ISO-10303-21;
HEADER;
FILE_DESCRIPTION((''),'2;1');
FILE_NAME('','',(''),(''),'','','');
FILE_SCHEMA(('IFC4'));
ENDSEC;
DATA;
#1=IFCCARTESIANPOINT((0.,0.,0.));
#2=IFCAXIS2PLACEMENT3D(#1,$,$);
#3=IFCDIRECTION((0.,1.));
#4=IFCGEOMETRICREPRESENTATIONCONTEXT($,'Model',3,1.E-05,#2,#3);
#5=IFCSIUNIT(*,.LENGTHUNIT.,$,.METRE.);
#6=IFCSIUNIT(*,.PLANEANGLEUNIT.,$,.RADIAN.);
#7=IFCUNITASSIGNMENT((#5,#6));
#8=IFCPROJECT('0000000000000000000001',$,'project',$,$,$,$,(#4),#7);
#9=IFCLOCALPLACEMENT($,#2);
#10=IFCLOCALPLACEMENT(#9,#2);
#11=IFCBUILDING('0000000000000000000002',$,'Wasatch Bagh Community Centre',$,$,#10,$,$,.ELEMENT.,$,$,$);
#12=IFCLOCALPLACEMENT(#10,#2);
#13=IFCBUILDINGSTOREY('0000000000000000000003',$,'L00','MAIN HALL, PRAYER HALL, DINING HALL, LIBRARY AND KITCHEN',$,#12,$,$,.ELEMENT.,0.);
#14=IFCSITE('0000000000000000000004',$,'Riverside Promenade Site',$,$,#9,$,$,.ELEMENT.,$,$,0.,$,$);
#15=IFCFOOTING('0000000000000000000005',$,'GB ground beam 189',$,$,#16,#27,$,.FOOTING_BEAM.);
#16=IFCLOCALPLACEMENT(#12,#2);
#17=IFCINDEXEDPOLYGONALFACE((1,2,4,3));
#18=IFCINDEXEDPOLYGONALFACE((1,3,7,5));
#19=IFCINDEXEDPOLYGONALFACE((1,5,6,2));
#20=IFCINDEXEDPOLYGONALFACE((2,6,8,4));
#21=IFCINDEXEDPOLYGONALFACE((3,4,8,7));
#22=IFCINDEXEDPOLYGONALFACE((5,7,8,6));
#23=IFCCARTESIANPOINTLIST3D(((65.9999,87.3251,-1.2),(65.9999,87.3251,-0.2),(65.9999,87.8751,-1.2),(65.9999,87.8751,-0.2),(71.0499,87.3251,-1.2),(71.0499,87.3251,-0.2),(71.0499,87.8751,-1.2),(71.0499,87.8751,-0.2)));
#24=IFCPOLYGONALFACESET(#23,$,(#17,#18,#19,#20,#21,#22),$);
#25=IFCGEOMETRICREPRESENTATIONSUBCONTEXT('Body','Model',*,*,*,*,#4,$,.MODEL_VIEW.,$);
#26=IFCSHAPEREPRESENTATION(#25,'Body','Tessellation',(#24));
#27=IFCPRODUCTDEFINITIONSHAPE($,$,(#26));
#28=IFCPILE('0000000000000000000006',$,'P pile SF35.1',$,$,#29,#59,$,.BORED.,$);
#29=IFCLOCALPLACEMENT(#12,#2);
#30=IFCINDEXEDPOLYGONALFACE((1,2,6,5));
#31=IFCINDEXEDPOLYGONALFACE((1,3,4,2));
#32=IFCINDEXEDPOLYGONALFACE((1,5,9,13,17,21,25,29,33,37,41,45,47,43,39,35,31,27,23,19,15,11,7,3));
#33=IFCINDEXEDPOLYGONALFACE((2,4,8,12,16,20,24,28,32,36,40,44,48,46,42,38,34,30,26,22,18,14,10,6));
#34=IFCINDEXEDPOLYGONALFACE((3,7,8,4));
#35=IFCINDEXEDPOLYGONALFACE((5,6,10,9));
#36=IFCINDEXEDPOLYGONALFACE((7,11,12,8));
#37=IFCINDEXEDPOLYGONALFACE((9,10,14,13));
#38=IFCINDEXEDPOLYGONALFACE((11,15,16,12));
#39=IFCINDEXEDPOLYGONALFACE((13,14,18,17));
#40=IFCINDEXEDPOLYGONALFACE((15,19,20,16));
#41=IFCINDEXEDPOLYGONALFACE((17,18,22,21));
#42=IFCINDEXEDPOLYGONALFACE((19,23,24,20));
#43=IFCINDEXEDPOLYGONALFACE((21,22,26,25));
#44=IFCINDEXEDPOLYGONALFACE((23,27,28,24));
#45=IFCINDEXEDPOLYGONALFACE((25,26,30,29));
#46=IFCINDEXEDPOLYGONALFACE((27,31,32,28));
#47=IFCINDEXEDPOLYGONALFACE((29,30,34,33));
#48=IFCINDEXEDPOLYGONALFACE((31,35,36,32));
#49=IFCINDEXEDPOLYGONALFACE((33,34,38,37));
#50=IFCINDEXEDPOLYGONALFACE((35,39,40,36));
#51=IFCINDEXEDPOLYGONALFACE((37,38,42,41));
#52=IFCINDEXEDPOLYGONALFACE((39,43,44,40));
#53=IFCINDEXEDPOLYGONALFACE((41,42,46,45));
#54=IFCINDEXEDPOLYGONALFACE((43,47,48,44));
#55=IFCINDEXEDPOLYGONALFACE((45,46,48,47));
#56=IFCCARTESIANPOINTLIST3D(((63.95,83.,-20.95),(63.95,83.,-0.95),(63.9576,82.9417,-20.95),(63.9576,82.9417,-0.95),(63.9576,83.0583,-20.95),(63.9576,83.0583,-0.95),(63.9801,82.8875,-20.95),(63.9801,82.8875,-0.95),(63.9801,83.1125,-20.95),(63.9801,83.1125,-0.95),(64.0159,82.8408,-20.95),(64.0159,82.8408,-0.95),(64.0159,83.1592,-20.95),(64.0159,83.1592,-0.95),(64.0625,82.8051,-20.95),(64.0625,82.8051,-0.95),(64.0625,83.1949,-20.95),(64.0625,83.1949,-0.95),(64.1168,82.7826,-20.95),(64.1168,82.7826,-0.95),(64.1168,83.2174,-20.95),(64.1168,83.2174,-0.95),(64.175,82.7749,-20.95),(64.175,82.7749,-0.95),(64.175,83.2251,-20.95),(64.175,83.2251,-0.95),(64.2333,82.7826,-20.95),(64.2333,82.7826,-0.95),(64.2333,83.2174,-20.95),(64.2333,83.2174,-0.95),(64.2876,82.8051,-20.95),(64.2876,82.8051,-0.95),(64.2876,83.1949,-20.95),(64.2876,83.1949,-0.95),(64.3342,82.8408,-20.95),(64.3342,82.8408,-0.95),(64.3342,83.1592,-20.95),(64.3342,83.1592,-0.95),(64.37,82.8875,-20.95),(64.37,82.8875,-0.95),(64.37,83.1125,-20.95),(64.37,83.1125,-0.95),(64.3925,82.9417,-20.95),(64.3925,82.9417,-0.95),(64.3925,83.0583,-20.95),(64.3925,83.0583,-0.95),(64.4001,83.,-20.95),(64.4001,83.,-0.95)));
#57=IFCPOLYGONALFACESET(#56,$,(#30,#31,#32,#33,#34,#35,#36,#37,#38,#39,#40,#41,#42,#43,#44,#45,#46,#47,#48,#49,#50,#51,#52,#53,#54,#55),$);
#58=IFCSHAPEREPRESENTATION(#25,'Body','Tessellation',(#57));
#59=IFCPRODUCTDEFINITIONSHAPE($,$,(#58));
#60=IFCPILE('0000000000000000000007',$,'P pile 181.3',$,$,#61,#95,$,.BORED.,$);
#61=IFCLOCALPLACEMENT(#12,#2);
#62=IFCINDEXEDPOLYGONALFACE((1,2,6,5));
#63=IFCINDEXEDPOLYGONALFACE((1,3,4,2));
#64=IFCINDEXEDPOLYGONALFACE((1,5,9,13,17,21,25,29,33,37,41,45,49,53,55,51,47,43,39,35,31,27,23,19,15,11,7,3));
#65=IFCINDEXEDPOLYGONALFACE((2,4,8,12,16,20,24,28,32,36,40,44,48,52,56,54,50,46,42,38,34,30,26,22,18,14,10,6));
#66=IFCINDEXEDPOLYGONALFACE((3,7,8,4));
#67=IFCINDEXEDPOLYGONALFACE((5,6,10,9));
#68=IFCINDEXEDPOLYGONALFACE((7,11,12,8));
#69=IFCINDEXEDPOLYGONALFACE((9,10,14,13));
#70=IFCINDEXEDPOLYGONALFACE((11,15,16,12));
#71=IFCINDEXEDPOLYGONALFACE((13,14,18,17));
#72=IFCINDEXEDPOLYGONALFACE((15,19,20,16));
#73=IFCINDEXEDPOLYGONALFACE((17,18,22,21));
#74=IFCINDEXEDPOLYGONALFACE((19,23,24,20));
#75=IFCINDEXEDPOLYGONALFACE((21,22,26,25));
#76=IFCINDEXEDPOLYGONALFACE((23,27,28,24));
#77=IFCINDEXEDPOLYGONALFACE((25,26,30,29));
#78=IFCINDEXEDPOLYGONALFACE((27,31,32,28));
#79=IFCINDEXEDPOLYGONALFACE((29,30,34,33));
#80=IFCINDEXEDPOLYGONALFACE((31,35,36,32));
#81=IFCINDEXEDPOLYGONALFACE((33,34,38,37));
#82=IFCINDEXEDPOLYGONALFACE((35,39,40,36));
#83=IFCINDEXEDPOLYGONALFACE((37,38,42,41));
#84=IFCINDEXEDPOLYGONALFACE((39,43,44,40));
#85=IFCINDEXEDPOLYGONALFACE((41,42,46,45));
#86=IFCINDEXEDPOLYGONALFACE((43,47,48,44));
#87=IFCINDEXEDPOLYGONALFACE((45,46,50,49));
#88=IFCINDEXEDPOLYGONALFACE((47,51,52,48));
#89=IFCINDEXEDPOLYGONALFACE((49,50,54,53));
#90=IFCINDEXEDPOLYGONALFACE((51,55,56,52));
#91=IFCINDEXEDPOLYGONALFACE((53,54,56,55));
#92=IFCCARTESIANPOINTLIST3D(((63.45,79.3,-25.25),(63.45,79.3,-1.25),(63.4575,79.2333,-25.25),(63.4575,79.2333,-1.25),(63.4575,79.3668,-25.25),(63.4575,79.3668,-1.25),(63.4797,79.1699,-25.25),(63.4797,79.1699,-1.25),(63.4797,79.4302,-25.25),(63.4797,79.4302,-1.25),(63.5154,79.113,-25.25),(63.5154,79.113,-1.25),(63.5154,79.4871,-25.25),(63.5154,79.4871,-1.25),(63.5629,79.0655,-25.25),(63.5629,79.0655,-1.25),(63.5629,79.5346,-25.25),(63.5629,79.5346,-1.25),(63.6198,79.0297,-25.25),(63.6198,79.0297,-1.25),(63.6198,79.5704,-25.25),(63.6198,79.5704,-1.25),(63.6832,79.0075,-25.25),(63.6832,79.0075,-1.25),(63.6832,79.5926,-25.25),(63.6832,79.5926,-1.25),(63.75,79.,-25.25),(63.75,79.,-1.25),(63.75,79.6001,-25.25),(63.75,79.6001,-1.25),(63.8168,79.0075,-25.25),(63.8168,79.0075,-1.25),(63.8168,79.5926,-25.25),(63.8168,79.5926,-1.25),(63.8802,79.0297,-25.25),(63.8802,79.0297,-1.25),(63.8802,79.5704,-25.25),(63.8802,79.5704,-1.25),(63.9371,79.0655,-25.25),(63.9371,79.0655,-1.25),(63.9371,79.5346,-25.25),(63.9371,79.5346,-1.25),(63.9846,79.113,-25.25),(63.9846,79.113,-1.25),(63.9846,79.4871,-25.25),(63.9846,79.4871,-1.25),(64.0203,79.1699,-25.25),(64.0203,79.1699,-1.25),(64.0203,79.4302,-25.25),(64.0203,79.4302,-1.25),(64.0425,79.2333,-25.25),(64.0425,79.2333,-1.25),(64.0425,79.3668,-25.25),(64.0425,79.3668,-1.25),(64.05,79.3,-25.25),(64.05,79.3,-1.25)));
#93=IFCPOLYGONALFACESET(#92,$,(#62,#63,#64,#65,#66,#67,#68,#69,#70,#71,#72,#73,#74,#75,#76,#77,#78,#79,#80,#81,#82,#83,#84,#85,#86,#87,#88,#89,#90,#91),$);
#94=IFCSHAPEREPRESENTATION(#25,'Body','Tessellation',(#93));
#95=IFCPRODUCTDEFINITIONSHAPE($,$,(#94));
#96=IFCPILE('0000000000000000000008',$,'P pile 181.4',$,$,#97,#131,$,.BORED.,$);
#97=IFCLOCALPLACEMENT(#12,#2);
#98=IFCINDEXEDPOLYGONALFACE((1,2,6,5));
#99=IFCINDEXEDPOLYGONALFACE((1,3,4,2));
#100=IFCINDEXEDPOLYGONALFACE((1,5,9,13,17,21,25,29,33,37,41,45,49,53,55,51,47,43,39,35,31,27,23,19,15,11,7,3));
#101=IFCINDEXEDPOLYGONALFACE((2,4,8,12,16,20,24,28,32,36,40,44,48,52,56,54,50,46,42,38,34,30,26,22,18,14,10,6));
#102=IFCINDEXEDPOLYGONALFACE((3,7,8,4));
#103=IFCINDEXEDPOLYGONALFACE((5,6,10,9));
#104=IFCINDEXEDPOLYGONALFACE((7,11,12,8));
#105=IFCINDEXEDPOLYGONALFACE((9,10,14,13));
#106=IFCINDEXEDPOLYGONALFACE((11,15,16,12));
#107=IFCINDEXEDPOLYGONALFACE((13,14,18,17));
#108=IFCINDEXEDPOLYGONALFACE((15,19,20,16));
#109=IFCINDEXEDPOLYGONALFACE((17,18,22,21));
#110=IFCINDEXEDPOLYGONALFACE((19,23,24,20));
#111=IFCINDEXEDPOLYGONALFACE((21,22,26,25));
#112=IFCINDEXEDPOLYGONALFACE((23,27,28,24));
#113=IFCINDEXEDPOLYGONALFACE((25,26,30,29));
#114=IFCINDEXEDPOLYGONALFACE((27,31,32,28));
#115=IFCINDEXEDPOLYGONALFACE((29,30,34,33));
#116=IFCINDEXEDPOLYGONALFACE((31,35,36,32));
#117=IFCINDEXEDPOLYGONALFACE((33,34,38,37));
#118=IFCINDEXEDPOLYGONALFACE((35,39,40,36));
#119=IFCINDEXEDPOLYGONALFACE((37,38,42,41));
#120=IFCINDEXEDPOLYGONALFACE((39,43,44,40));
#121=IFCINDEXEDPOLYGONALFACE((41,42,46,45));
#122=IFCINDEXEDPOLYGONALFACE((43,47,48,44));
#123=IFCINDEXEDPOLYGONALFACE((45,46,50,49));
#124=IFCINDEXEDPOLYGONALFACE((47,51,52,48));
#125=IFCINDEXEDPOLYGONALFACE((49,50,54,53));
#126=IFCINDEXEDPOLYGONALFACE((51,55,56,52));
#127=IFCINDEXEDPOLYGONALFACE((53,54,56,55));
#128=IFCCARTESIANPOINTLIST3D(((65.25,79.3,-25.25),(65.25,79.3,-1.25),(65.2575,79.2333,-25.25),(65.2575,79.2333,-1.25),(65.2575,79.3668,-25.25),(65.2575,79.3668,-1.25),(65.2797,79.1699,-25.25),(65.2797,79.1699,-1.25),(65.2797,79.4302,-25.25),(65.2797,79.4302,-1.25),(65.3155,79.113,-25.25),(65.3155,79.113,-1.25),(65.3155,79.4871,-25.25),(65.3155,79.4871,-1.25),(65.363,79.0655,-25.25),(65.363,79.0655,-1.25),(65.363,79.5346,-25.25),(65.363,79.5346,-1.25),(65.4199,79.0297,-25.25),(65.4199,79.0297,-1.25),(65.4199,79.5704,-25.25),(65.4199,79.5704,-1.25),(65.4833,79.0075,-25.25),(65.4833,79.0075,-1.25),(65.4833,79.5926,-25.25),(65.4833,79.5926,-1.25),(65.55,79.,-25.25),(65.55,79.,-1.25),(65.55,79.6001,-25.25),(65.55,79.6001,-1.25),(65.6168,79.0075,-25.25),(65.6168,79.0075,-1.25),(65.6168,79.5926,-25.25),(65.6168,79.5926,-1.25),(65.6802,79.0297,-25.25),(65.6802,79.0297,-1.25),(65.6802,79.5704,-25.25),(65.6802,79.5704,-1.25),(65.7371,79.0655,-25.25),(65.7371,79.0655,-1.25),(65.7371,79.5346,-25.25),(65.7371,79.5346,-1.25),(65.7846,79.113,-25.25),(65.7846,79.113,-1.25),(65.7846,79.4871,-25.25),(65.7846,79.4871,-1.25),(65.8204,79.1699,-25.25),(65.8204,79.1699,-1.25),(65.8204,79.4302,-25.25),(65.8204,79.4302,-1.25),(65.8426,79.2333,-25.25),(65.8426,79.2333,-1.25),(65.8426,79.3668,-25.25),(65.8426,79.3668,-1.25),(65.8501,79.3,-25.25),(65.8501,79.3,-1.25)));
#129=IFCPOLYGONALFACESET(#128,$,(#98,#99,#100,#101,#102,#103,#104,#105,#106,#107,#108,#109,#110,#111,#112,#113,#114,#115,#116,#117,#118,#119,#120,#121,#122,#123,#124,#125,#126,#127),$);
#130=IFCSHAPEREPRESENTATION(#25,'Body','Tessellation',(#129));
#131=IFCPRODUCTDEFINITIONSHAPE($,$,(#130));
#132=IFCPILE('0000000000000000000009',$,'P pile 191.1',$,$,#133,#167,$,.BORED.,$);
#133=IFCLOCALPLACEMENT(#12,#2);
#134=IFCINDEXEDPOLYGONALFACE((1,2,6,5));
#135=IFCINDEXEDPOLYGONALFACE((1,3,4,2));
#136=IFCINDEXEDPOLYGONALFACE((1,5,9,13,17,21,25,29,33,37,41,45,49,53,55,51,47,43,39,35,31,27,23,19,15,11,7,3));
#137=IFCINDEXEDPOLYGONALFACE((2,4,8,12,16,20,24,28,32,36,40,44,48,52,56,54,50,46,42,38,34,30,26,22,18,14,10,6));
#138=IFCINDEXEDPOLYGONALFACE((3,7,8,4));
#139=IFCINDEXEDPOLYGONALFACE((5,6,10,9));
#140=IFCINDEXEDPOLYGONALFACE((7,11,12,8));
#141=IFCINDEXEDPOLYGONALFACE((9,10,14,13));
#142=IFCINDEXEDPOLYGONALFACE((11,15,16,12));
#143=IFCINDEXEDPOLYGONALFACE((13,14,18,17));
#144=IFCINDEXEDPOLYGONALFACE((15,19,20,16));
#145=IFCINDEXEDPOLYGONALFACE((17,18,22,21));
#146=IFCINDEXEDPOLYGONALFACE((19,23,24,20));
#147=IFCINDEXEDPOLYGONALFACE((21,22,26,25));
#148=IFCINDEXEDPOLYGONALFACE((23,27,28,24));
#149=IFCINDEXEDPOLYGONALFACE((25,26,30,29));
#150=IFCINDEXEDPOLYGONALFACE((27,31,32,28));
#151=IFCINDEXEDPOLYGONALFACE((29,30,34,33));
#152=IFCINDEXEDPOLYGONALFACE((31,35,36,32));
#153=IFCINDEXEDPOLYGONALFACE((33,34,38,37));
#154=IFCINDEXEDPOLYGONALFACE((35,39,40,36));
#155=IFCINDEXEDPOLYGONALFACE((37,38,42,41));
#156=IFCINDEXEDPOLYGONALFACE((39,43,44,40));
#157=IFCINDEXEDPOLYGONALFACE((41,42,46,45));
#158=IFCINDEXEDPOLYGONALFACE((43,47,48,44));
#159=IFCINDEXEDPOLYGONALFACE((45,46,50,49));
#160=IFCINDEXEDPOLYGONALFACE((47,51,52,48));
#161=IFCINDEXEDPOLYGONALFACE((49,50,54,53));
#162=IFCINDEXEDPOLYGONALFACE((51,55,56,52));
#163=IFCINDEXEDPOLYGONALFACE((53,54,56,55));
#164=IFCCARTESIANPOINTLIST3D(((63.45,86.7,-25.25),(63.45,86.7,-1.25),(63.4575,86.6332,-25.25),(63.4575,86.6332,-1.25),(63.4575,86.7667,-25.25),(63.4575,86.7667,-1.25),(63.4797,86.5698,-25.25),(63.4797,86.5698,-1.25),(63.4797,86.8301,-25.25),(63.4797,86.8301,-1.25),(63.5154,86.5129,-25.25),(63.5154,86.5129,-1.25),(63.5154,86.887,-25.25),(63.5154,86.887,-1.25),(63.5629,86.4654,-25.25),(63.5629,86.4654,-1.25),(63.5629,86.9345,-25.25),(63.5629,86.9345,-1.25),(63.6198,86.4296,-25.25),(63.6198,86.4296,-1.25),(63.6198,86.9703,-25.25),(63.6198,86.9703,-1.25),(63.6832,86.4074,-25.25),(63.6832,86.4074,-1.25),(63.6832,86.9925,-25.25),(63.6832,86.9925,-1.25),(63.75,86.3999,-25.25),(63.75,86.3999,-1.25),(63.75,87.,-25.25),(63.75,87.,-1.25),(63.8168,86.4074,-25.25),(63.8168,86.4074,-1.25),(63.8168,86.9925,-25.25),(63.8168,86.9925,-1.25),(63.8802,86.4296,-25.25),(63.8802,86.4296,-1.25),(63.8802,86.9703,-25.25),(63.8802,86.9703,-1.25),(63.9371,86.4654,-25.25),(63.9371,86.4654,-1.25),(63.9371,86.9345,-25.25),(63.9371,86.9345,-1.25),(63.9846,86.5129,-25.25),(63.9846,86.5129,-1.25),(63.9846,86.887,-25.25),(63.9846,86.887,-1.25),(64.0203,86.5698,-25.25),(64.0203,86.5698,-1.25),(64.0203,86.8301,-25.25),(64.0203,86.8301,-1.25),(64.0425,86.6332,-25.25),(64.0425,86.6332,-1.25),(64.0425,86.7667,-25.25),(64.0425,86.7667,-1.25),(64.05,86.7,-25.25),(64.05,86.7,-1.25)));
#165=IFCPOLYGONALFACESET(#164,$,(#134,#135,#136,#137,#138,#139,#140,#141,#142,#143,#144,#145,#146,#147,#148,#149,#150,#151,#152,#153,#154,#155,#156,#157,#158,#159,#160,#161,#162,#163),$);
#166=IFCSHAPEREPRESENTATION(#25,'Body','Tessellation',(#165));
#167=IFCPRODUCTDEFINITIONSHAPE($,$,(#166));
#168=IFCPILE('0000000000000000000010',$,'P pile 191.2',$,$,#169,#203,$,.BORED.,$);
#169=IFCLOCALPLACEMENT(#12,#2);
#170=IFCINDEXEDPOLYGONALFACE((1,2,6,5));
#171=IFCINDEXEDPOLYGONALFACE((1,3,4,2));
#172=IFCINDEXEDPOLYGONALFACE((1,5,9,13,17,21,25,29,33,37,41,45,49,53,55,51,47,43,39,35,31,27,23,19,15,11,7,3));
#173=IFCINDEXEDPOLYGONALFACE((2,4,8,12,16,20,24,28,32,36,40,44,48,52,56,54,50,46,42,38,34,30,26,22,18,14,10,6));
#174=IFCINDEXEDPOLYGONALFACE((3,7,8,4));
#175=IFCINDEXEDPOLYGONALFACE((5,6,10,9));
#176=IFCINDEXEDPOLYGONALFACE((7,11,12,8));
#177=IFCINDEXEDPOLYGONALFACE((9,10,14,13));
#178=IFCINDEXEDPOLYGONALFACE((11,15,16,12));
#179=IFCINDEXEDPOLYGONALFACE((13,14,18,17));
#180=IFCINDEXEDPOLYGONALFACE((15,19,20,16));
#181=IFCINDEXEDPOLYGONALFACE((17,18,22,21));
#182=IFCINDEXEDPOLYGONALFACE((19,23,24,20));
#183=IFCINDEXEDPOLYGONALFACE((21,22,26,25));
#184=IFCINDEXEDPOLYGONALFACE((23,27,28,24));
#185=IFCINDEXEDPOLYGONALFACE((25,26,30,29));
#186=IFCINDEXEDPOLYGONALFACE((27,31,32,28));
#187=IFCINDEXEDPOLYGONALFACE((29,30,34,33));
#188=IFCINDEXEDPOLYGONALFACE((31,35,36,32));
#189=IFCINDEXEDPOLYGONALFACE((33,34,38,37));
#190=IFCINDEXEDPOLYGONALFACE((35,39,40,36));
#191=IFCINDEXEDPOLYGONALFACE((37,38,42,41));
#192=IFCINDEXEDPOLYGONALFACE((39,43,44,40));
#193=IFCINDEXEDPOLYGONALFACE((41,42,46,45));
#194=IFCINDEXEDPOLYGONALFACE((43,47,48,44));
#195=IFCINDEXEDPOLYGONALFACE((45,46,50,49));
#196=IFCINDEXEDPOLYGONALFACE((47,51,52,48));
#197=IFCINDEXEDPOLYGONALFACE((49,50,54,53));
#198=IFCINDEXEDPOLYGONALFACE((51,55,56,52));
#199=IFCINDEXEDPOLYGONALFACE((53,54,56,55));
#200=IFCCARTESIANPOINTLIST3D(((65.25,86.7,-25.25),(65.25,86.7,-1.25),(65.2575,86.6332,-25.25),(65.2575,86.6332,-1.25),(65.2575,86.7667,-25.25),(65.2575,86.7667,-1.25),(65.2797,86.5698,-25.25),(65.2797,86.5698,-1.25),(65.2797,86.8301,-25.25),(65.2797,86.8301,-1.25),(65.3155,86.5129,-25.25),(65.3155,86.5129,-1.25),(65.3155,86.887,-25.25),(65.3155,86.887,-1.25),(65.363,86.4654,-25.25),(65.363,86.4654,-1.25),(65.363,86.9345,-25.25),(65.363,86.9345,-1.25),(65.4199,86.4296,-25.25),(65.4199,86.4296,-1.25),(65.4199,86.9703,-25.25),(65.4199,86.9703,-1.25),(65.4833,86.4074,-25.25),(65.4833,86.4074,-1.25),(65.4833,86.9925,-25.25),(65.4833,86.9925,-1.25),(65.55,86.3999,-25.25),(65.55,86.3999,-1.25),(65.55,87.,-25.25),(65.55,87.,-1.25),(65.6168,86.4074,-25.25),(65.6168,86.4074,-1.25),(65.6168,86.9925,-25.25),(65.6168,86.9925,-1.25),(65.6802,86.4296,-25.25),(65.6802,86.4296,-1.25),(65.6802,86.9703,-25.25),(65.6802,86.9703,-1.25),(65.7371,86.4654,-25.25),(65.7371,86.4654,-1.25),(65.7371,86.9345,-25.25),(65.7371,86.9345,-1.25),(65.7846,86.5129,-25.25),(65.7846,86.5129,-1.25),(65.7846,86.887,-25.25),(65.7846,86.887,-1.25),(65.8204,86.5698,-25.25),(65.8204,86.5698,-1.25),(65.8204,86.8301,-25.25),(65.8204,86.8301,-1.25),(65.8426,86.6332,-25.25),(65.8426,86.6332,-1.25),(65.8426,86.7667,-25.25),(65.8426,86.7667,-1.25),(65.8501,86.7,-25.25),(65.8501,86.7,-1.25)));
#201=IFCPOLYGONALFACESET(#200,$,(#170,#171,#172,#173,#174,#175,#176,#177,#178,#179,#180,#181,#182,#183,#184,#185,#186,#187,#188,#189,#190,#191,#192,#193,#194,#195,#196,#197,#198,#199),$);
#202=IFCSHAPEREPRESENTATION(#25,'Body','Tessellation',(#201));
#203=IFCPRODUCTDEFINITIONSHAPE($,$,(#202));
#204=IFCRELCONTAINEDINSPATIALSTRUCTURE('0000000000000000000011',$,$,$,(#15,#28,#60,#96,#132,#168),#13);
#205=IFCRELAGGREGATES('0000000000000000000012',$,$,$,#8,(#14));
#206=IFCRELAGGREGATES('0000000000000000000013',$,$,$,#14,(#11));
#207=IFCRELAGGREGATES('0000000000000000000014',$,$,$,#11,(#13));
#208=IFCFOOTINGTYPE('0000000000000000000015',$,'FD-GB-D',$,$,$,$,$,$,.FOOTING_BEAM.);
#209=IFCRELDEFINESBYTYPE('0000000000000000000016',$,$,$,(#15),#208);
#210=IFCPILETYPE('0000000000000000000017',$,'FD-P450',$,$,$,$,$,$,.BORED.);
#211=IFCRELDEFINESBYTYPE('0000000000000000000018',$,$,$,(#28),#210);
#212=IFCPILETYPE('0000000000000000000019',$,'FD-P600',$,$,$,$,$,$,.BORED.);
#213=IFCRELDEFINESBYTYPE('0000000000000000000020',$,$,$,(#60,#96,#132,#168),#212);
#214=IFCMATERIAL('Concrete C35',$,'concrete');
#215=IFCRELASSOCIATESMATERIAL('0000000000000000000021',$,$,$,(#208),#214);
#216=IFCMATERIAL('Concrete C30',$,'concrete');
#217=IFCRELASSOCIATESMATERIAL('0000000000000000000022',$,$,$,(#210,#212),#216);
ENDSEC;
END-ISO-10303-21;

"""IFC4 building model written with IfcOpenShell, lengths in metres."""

from ifc_helpers import new_model, si_unit, direction, frame, origin, origin_2d, place, context, subcontext, project, spatial, rectangle, circle, extrude, material, material_profile, profile_set, type_object, element, save


model = new_model("IFC4")

# Units and contexts
model_context = context("Model", 3, precision=1e-05, world=origin(), true_north=direction((0.0, 1.0)))
body_context = subcontext(model_context, "Body", "Model", "MODEL_VIEW")
ifc_project = project(units=[si_unit("LENGTHUNIT", "METRE"), si_unit("PLANEANGLEUNIT", "RADIAN")], contexts=[model_context])

# Site, building, storey
site_placement = place(None, origin())
site = spatial("IfcSite", under=ifc_project, at=site_placement, Name="Riverside Promenade Site", CompositionType="ELEMENT", RefElevation=0.0)
building_placement = place(site_placement, origin())
building = spatial("IfcBuilding", under=site, at=building_placement, Name="Wasatch Bagh Community Centre", CompositionType="ELEMENT")
storey_placement = place(building_placement, origin())
storey = spatial("IfcBuildingStorey", under=building, at=storey_placement, Name="L00", Description="MAIN HALL, PRAYER HALL, DINING HALL, LIBRARY AND KITCHEN", CompositionType="ELEMENT", Elevation=0.0)

# Footing
ifc_material_1 = material(Name="Concrete C35", Category="concrete")
footing_type_1 = type_object("IfcFootingType", Name="FD-GB-D", PredefinedType="FOOTING_BEAM", material=ifc_material_1)
footing_1_placement = place(storey_placement, frame((68.5249, 87.6001, -1.2), z_axis=(0.0, 0.0, 1.0), x_axis=(-1.0, 0.0, 0.0)))
element("IfcFooting", 1, at=footing_1_placement, inside=storey, type_object=footing_type_1, Name="GB ground beam 189", PredefinedType="FOOTING_BEAM", context=body_context, shape_type="SweptSolid", body=[
    extrude(rectangle(XDim=5.05, YDim=0.55, at=origin_2d()), origin(), (0.0, 0.0, 1.0), 1.0),
])

# Piles
ifc_material_2 = material(Name="Concrete C30", Category="concrete")
ifc_material_profile_1 = material_profile(ifc_material_2, circle(Radius=0.2251, at=origin_2d()), Name="RC D450")
ifc_profile_set_1 = profile_set([ifc_material_profile_1], Name="Concrete C30")
pile_type_1 = type_object("IfcPileType", Name="FD-P450", PredefinedType="BORED", material=ifc_profile_set_1)
pile_placement = place(storey_placement, frame((64.175, 83.0, -0.95), z_axis=(0.0, 0.0, -1.0), x_axis=(1.0, 0.0, 0.0)))
element("IfcPile", 2, at=pile_placement, inside=storey, type_object=pile_type_1, Name="P pile SF35.1", PredefinedType="BORED", context=body_context, shape_type="SweptSolid", body=[
    extrude(circle(Radius=0.2251, at=origin_2d()), origin(), (0.0, 0.0, 1.0), 20.0),
])
ifc_material_profile_2 = material_profile(ifc_material_2, circle(Radius=0.3, at=origin_2d()), Name="RC D600")
ifc_profile_set_2 = profile_set([ifc_material_profile_2], Name="Concrete C30")
pile_type_2 = type_object("IfcPileType", Name="FD-P600", PredefinedType="BORED", material=ifc_profile_set_2)
for number, where, z_axis, x_axis, name in (
    (3, (63.75, 79.3, -1.25), (0.0, 0.0, -1.0), (1.0, 0.0, 0.0), "P pile 181.3"),
    (4, (65.55, 79.3, -1.25), (0.0, 0.0, -1.0), (1.0, 0.0, 0.0), "P pile 181.4"),
    (5, (63.75, 86.7, -1.25), (0.0, 0.0, -1.0), (1.0, 0.0, 0.0), "P pile 191.1"),
    (6, (65.55, 86.7, -1.25), (0.0, 0.0, -1.0), (1.0, 0.0, 0.0), "P pile 191.2"),
):
    element("IfcPile", number, at=place(storey_placement, frame(where, z_axis=z_axis, x_axis=x_axis)), inside=storey, type_object=pile_type_2, Name=name, PredefinedType="BORED", context=body_context, shape_type="SweptSolid", body=[
        extrude(circle(Radius=0.3, at=origin_2d()), origin(), (0.0, 0.0, 1.0), 24.0),
    ])

save(model, "model.ifc")
